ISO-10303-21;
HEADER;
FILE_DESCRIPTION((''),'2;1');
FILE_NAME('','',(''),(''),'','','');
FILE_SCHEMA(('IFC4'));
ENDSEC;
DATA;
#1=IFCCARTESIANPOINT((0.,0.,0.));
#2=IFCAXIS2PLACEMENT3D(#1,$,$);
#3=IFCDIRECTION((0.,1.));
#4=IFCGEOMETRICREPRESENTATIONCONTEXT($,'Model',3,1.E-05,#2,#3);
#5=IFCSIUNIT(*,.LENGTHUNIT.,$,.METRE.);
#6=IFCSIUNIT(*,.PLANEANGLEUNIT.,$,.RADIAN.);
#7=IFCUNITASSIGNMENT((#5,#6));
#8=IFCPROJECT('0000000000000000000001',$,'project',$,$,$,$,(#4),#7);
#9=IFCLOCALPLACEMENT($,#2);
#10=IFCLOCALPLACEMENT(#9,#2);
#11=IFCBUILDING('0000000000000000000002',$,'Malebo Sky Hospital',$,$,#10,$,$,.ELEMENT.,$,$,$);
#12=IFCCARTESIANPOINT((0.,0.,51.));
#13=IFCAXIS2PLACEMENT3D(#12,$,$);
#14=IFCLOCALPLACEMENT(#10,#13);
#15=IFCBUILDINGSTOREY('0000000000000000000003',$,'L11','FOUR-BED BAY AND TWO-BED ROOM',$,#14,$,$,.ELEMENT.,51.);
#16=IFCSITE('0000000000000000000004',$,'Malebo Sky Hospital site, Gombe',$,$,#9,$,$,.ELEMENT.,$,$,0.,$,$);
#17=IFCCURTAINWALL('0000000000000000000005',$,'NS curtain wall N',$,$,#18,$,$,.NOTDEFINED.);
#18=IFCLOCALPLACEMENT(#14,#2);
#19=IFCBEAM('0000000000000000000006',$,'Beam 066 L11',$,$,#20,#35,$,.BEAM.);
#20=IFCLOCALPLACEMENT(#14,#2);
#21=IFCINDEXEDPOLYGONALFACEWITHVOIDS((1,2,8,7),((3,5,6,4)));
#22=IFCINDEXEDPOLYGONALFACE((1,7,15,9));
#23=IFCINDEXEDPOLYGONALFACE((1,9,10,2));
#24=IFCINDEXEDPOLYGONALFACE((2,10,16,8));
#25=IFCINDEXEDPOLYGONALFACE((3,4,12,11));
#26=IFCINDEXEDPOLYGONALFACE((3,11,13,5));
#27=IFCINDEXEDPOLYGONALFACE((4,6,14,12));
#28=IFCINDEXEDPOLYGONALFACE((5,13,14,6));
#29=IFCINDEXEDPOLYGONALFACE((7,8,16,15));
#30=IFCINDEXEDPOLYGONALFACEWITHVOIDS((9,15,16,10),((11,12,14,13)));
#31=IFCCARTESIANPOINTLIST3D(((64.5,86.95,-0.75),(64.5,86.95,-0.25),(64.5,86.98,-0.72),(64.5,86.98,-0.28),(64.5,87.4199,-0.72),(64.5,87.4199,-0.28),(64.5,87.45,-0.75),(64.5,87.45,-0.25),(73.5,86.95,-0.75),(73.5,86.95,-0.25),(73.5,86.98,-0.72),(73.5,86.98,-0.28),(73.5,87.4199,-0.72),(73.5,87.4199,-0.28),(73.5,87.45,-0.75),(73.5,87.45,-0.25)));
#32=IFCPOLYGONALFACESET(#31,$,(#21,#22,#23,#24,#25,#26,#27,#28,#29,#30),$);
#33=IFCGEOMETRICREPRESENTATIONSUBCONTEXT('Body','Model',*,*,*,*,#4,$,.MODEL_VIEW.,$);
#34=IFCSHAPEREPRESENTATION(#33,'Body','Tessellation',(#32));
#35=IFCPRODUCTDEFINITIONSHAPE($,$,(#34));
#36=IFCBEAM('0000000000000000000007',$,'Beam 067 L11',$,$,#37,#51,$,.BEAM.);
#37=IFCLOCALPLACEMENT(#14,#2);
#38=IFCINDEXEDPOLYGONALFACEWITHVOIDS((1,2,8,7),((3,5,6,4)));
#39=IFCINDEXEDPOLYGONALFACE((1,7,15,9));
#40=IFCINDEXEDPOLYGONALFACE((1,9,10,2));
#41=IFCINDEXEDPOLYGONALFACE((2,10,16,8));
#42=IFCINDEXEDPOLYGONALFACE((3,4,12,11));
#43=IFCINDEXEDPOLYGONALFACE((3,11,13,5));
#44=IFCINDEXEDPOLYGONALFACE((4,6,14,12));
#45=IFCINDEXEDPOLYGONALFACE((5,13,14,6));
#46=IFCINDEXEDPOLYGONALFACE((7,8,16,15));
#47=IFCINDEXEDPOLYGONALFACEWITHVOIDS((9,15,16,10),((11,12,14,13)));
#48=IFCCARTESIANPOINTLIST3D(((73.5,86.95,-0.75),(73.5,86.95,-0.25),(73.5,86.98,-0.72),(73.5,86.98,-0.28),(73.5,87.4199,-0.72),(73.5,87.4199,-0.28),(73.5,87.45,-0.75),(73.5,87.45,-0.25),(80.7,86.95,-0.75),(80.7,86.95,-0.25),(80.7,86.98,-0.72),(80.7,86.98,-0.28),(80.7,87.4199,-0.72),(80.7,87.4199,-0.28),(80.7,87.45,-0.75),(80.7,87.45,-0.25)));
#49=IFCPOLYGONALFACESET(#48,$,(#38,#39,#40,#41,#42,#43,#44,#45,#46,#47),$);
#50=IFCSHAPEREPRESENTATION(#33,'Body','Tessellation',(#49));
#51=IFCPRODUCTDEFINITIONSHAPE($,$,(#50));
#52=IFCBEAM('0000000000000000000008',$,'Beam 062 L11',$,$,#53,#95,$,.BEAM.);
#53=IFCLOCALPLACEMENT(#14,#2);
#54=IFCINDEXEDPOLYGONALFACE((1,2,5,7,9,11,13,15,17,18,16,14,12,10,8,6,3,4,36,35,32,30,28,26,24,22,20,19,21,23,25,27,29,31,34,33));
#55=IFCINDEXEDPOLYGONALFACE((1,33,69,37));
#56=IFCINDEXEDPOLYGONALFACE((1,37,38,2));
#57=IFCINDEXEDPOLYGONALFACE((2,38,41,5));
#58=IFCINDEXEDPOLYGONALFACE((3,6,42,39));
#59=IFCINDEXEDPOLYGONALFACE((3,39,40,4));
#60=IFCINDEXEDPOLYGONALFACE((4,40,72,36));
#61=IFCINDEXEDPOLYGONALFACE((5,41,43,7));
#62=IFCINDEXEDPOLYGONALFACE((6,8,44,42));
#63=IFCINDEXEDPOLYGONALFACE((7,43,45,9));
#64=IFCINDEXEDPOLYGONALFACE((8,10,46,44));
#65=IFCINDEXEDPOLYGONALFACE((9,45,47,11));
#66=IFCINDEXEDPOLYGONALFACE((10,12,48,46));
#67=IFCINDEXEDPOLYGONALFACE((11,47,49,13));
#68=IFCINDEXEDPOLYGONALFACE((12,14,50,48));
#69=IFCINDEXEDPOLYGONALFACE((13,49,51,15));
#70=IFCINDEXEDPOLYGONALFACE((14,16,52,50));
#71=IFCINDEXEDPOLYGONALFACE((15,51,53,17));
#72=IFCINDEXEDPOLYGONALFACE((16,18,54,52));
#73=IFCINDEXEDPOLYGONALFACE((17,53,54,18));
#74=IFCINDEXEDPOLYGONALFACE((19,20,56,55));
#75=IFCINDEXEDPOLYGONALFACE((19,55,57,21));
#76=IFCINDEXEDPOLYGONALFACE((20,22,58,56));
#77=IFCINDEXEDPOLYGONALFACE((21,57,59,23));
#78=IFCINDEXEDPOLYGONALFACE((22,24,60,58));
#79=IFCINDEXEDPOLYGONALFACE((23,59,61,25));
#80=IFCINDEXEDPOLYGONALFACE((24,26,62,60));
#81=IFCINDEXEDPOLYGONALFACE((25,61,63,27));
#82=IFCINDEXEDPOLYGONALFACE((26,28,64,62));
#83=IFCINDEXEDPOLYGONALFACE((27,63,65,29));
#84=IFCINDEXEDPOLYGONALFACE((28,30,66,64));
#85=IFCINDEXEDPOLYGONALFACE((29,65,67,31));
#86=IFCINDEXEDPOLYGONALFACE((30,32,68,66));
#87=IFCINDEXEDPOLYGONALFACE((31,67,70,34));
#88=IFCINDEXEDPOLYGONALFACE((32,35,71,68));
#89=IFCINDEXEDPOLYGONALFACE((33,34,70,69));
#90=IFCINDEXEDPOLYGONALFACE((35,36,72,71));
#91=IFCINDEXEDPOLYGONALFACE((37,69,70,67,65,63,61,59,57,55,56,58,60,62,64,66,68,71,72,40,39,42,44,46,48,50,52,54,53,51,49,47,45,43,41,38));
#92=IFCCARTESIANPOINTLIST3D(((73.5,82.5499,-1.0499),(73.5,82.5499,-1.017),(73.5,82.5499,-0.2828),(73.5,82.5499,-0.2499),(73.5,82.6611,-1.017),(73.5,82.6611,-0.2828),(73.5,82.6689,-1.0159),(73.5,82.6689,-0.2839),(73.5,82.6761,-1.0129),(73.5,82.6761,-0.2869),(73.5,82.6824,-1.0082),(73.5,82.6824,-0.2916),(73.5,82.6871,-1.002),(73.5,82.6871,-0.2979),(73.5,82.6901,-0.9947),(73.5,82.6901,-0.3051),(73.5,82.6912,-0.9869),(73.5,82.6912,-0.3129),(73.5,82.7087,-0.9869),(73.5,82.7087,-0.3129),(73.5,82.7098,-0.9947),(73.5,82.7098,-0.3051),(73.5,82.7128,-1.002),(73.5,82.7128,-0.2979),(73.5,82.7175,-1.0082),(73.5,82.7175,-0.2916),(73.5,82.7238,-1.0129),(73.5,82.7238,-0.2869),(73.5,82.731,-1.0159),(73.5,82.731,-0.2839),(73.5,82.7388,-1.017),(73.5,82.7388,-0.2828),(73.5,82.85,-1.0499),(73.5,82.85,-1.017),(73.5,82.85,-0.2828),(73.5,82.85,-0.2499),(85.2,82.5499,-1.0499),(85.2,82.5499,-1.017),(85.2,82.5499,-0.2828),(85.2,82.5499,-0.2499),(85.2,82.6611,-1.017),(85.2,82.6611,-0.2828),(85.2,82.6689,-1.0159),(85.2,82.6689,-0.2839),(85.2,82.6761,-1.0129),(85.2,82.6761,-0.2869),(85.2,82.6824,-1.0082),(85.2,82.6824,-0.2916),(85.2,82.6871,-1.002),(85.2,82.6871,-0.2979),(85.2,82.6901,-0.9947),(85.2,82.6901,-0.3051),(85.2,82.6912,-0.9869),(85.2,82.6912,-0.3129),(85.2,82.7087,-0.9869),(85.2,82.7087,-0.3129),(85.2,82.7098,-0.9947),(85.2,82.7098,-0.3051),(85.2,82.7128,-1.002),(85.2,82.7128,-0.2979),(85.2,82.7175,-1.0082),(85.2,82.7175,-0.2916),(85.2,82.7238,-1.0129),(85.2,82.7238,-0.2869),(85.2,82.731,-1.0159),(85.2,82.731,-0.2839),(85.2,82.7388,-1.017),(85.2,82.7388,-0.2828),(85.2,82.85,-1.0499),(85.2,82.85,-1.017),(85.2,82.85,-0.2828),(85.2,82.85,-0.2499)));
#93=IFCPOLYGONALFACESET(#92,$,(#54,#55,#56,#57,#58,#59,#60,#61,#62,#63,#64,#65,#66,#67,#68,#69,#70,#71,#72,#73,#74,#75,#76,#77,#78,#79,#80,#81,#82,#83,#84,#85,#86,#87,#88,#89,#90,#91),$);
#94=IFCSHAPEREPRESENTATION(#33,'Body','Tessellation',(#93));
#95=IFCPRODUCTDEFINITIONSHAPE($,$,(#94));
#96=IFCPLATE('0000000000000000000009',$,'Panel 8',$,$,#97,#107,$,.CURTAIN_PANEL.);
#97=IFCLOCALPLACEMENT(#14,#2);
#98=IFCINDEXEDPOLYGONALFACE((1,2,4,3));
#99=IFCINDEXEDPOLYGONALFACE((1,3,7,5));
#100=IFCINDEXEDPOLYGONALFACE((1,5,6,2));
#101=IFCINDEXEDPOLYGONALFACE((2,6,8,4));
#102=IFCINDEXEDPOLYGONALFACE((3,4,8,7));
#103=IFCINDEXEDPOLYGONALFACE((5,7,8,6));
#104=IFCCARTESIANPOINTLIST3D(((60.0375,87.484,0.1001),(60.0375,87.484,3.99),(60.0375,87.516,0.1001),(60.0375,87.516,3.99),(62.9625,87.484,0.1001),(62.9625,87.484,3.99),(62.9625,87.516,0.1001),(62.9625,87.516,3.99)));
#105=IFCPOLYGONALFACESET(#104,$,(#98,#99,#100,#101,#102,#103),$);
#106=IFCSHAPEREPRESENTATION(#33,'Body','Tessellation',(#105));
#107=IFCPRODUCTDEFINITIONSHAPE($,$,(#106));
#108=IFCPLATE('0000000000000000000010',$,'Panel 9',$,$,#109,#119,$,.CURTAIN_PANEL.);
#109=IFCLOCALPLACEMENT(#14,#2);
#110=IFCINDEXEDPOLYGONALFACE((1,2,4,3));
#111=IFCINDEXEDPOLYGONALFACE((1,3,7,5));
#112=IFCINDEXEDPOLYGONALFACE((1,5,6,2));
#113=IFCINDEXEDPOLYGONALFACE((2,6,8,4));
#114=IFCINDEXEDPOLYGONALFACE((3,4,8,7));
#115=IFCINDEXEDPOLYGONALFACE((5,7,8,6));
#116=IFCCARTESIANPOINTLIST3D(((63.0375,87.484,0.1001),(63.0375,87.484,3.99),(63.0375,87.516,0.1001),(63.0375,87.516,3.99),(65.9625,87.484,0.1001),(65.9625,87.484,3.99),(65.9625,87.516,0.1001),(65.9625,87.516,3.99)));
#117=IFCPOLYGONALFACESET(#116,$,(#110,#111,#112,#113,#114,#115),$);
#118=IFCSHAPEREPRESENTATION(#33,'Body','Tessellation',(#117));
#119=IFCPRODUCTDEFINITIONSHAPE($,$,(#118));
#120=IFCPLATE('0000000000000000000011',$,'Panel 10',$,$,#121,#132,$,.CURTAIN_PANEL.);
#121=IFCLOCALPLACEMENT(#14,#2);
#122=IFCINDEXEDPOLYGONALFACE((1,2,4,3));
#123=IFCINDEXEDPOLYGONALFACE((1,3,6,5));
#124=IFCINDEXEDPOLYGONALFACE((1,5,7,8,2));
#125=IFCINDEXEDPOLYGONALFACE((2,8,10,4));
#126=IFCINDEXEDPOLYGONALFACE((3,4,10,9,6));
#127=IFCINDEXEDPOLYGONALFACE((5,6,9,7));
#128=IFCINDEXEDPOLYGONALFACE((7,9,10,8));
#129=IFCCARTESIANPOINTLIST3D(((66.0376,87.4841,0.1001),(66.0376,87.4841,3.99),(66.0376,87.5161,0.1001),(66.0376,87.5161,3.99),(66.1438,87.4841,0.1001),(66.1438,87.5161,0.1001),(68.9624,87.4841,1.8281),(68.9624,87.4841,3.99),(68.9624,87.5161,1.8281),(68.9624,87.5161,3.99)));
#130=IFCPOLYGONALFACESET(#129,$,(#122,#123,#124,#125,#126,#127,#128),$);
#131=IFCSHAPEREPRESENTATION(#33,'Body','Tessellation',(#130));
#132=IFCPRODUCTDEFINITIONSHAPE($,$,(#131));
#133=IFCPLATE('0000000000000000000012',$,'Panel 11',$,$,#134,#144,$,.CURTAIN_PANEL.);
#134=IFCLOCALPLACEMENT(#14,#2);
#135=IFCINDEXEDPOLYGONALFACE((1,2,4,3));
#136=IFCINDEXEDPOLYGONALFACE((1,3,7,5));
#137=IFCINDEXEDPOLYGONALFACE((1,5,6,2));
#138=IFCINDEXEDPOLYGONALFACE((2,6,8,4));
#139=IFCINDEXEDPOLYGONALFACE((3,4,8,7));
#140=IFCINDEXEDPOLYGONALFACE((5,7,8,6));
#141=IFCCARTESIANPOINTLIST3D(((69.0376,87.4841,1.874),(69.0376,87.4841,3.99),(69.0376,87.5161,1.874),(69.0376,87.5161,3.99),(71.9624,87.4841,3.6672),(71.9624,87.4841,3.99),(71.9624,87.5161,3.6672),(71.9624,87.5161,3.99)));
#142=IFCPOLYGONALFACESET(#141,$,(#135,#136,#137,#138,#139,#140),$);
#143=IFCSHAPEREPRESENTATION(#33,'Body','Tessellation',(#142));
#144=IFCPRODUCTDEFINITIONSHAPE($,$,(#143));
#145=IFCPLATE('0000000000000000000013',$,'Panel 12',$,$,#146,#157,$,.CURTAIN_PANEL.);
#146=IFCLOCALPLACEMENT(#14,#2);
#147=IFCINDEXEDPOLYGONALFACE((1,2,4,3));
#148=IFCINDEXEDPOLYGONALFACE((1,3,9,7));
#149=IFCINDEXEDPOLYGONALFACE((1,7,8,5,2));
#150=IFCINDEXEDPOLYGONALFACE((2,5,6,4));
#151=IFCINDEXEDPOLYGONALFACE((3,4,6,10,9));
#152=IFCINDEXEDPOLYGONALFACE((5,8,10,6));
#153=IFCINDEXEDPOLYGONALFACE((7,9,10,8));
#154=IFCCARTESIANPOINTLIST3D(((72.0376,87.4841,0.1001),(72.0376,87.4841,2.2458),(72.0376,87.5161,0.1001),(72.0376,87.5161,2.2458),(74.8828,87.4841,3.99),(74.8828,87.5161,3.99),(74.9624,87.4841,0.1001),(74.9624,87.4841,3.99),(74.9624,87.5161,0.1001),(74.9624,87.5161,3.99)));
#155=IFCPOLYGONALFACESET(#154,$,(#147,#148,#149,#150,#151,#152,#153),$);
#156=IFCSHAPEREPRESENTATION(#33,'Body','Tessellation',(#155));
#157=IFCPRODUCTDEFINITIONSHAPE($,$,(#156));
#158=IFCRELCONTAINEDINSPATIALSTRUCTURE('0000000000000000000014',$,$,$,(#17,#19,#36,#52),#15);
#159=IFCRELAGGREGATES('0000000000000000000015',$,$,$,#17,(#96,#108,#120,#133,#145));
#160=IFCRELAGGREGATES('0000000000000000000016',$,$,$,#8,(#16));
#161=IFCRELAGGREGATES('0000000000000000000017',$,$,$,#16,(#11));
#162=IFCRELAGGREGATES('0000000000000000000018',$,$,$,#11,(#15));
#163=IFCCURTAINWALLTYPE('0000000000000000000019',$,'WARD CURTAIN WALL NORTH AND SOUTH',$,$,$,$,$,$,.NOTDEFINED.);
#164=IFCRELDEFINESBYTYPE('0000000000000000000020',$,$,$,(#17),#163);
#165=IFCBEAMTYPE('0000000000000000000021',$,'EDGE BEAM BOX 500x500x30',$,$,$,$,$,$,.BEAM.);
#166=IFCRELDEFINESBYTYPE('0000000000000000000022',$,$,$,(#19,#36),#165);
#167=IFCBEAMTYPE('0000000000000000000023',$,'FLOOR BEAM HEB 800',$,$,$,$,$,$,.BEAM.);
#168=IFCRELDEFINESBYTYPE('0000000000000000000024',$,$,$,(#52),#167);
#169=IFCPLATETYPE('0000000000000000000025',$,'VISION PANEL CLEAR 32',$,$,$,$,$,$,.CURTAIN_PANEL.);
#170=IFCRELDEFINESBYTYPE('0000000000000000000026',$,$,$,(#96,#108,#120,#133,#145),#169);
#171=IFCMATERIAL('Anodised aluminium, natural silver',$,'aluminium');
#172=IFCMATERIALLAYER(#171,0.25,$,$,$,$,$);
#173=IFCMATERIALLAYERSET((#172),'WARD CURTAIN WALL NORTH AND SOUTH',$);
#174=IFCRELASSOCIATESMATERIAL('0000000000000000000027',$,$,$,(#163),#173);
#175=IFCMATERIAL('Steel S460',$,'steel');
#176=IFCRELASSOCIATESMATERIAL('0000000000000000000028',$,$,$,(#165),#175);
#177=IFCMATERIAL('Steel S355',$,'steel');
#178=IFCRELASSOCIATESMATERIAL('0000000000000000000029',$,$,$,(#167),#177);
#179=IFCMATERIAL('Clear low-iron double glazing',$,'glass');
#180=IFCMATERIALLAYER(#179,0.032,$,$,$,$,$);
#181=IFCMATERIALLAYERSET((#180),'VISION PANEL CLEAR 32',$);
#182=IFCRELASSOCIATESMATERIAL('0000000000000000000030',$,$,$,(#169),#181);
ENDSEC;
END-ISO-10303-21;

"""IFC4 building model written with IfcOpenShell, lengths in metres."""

from ifc_helpers import new_model, si_unit, direction, frame, origin, origin_2d, place, context, subcontext, project, spatial, polyline, rectangle, hollow_rectangle, i_section, outline, extrude, material, layer, layer_set, material_profile, profile_set, type_object, element, aggregate, save


model = new_model("IFC4")

# Units and contexts
model_context = context("Model", 3, precision=1e-05, world=origin(), true_north=direction((0.0, 1.0)))
body_context = subcontext(model_context, "Body", "Model", "MODEL_VIEW")
ifc_project = project(units=[si_unit("LENGTHUNIT", "METRE"), si_unit("PLANEANGLEUNIT", "RADIAN")], contexts=[model_context])

# Site, building, storey
site_placement = place(None, origin())
site = spatial("IfcSite", under=ifc_project, at=site_placement, Name="Malebo Sky Hospital site, Gombe", CompositionType="ELEMENT", RefElevation=0.0)
building_placement = place(site_placement, origin())
building = spatial("IfcBuilding", under=site, at=building_placement, Name="Malebo Sky Hospital", CompositionType="ELEMENT")
storey_placement = place(building_placement, frame((0.0, 0.0, 51.0)))
storey = spatial("IfcBuildingStorey", under=building, at=storey_placement, Name="L11", Description="FOUR-BED BAY AND TWO-BED ROOM", CompositionType="ELEMENT", Elevation=51.0)

# Shared definitions
ifc_material_1 = material(Name="Steel S460", Category="steel")

# Curtain wall
ifc_material_2 = material(Name="Anodised aluminium, natural silver", Category="aluminium")
ifc_layer_1 = layer(ifc_material_2, 0.25)
ifc_layer_set_1 = layer_set([ifc_layer_1], Name="WARD CURTAIN WALL NORTH AND SOUTH")
curtain_wall_type = type_object("IfcCurtainWallType", Name="WARD CURTAIN WALL NORTH AND SOUTH", PredefinedType="NOTDEFINED", material=ifc_layer_set_1)
curtain_wall_placement = place(storey_placement, origin())
curtain_wall = element("IfcCurtainWall", 1, at=curtain_wall_placement, inside=storey, type_object=curtain_wall_type, Name="NS curtain wall N", PredefinedType="NOTDEFINED")

# Shared definitions
ifc_material_3 = material(Name="Steel S355", Category="steel")

# Beams
ifc_material_profile_1 = material_profile(ifc_material_1, hollow_rectangle(XDim=0.5, YDim=0.5, WallThickness=0.03, at=origin_2d()), Name="BOX 500x500x30")
ifc_profile_set_1 = profile_set([ifc_material_profile_1], Name="Steel S460")
beam_type_1 = type_object("IfcBeamType", Name="EDGE BEAM BOX 500x500x30", PredefinedType="BEAM", material=ifc_profile_set_1)
beam_1_placement = place(storey_placement, frame((64.5, 87.2, -0.5), z_axis=(1.0, 0.0, 0.0), x_axis=(0.0, 1.0, 0.0)))
element("IfcBeam", 2, at=beam_1_placement, inside=storey, type_object=beam_type_1, Name="Beam 066 L11", PredefinedType="BEAM", context=body_context, shape_type="SweptSolid", body=[
    extrude(hollow_rectangle(XDim=0.5, YDim=0.5, WallThickness=0.03, at=origin_2d()), origin(), (0.0, 0.0, 1.0), 9.0),
])
beam_2_placement = place(storey_placement, frame((73.5, 87.2, -0.5), z_axis=(1.0, 0.0, 0.0), x_axis=(0.0, 1.0, 0.0)))
element("IfcBeam", 3, at=beam_2_placement, inside=storey, type_object=beam_type_1, Name="Beam 067 L11", PredefinedType="BEAM", context=body_context, shape_type="SweptSolid", body=[
    extrude(hollow_rectangle(XDim=0.5, YDim=0.5, WallThickness=0.03, at=origin_2d()), origin(), (0.0, 0.0, 1.0), 7.2),
])
ifc_material_profile_2 = material_profile(ifc_material_3, i_section(OverallWidth=0.3, OverallDepth=0.8, WebThickness=0.0176, FlangeThickness=0.033, FilletRadius=0.03, at=origin_2d()), Name="HEB 800")
ifc_profile_set_2 = profile_set([ifc_material_profile_2], Name="Steel S355")
beam_type_2 = type_object("IfcBeamType", Name="FLOOR BEAM HEB 800", PredefinedType="BEAM", material=ifc_profile_set_2)
beam_3_placement = place(storey_placement, frame((73.5, 82.7, -0.6499), z_axis=(1.0, 0.0, 0.0), x_axis=(0.0, 1.0, 0.0)))
element("IfcBeam", 4, at=beam_3_placement, inside=storey, type_object=beam_type_2, Name="Beam 062 L11", PredefinedType="BEAM", context=body_context, shape_type="SweptSolid", body=[
    extrude(i_section(OverallWidth=0.3, OverallDepth=0.8, WebThickness=0.0176, FlangeThickness=0.033, FilletRadius=0.03, at=origin_2d()), origin(), (0.0, 0.0, 1.0), 11.7),
])

# Plates
ifc_material_4 = material(Name="Clear low-iron double glazing", Category="glass")
ifc_layer_2 = layer(ifc_material_4, 0.032)
ifc_layer_set_2 = layer_set([ifc_layer_2], Name="VISION PANEL CLEAR 32")
plate_type = type_object("IfcPlateType", Name="VISION PANEL CLEAR 32", PredefinedType="CURTAIN_PANEL", material=ifc_layer_set_2)
plate_1_placement = place(storey_placement, frame((61.5, 87.5, 0.1001), z_axis=(0.0, 0.0, 1.0), x_axis=(1.0, 0.0, 0.0)))
plate_1 = element("IfcPlate", 5, at=plate_1_placement, type_object=plate_type, Name="Panel 8", PredefinedType="CURTAIN_PANEL", context=body_context, shape_type="SweptSolid", body=[
    extrude(rectangle(XDim=2.925, YDim=0.032, at=origin_2d()), origin(), (0.0, 0.0, 1.0), 3.8899),
])
plate_2_placement = place(storey_placement, frame((64.5, 87.5, 0.1001), z_axis=(0.0, 0.0, 1.0), x_axis=(1.0, 0.0, 0.0)))
plate_2 = element("IfcPlate", 6, at=plate_2_placement, type_object=plate_type, Name="Panel 9", PredefinedType="CURTAIN_PANEL", context=body_context, shape_type="SweptSolid", body=[
    extrude(rectangle(XDim=2.925, YDim=0.032, at=origin_2d()), origin(), (0.0, 0.0, 1.0), 3.8899),
])
plate_3_placement = place(storey_placement, frame((67.5, 87.5, 0.1001), z_axis=(0.0, 0.0, 1.0), x_axis=(1.0, 0.0, 0.0)))
plate_3 = element("IfcPlate", 7, at=plate_3_placement, type_object=plate_type, Name="Panel 10", PredefinedType="CURTAIN_PANEL", context=body_context, shape_type="SweptSolid", body=[
    extrude(outline(polyline([(-1.4624, 0.0), (-1.3562, 0.0), (1.4624, 1.728), (1.4624, 3.8899), (-1.4624, 3.8899), (-1.4624, 0.0)])), frame((0.0, 0.0161, 0.0), z_axis=(0.0, -1.0, 0.0), x_axis=(1.0, 0.0, 0.0)), (0.0, 0.0, 1.0), 0.032),
])
plate_4_placement = place(storey_placement, frame((70.5, 87.5, 1.874), z_axis=(0.0, 0.0, 1.0), x_axis=(1.0, 0.0, 0.0)))
plate_4 = element("IfcPlate", 8, at=plate_4_placement, type_object=plate_type, Name="Panel 11", PredefinedType="CURTAIN_PANEL", context=body_context, shape_type="SweptSolid", body=[
    extrude(outline(polyline([(-1.4624, 0.0), (1.4624, 1.7932), (1.4624, 2.116), (-1.4624, 2.116), (-1.4624, 0.0)])), frame((0.0, 0.0161, 0.0), z_axis=(0.0, -1.0, 0.0), x_axis=(1.0, 0.0, 0.0)), (0.0, 0.0, 1.0), 0.032),
])
plate_5_placement = place(storey_placement, frame((73.5, 87.5, 0.1001), z_axis=(0.0, 0.0, 1.0), x_axis=(1.0, 0.0, 0.0)))
plate_5 = element("IfcPlate", 9, at=plate_5_placement, type_object=plate_type, Name="Panel 12", PredefinedType="CURTAIN_PANEL", context=body_context, shape_type="SweptSolid", body=[
    extrude(outline(polyline([(-1.4624, 0.0), (1.4624, 0.0), (1.4624, 3.8899), (1.3828, 3.8899), (-1.4624, 2.1458), (-1.4624, 0.0)])), frame((0.0, 0.0161, 0.0), z_axis=(0.0, -1.0, 0.0), x_axis=(1.0, 0.0, 0.0)), (0.0, 0.0, 1.0), 0.032),
])
aggregate(curtain_wall, [plate_1, plate_2, plate_3, plate_4, plate_5])

save(model, "model.ifc")
